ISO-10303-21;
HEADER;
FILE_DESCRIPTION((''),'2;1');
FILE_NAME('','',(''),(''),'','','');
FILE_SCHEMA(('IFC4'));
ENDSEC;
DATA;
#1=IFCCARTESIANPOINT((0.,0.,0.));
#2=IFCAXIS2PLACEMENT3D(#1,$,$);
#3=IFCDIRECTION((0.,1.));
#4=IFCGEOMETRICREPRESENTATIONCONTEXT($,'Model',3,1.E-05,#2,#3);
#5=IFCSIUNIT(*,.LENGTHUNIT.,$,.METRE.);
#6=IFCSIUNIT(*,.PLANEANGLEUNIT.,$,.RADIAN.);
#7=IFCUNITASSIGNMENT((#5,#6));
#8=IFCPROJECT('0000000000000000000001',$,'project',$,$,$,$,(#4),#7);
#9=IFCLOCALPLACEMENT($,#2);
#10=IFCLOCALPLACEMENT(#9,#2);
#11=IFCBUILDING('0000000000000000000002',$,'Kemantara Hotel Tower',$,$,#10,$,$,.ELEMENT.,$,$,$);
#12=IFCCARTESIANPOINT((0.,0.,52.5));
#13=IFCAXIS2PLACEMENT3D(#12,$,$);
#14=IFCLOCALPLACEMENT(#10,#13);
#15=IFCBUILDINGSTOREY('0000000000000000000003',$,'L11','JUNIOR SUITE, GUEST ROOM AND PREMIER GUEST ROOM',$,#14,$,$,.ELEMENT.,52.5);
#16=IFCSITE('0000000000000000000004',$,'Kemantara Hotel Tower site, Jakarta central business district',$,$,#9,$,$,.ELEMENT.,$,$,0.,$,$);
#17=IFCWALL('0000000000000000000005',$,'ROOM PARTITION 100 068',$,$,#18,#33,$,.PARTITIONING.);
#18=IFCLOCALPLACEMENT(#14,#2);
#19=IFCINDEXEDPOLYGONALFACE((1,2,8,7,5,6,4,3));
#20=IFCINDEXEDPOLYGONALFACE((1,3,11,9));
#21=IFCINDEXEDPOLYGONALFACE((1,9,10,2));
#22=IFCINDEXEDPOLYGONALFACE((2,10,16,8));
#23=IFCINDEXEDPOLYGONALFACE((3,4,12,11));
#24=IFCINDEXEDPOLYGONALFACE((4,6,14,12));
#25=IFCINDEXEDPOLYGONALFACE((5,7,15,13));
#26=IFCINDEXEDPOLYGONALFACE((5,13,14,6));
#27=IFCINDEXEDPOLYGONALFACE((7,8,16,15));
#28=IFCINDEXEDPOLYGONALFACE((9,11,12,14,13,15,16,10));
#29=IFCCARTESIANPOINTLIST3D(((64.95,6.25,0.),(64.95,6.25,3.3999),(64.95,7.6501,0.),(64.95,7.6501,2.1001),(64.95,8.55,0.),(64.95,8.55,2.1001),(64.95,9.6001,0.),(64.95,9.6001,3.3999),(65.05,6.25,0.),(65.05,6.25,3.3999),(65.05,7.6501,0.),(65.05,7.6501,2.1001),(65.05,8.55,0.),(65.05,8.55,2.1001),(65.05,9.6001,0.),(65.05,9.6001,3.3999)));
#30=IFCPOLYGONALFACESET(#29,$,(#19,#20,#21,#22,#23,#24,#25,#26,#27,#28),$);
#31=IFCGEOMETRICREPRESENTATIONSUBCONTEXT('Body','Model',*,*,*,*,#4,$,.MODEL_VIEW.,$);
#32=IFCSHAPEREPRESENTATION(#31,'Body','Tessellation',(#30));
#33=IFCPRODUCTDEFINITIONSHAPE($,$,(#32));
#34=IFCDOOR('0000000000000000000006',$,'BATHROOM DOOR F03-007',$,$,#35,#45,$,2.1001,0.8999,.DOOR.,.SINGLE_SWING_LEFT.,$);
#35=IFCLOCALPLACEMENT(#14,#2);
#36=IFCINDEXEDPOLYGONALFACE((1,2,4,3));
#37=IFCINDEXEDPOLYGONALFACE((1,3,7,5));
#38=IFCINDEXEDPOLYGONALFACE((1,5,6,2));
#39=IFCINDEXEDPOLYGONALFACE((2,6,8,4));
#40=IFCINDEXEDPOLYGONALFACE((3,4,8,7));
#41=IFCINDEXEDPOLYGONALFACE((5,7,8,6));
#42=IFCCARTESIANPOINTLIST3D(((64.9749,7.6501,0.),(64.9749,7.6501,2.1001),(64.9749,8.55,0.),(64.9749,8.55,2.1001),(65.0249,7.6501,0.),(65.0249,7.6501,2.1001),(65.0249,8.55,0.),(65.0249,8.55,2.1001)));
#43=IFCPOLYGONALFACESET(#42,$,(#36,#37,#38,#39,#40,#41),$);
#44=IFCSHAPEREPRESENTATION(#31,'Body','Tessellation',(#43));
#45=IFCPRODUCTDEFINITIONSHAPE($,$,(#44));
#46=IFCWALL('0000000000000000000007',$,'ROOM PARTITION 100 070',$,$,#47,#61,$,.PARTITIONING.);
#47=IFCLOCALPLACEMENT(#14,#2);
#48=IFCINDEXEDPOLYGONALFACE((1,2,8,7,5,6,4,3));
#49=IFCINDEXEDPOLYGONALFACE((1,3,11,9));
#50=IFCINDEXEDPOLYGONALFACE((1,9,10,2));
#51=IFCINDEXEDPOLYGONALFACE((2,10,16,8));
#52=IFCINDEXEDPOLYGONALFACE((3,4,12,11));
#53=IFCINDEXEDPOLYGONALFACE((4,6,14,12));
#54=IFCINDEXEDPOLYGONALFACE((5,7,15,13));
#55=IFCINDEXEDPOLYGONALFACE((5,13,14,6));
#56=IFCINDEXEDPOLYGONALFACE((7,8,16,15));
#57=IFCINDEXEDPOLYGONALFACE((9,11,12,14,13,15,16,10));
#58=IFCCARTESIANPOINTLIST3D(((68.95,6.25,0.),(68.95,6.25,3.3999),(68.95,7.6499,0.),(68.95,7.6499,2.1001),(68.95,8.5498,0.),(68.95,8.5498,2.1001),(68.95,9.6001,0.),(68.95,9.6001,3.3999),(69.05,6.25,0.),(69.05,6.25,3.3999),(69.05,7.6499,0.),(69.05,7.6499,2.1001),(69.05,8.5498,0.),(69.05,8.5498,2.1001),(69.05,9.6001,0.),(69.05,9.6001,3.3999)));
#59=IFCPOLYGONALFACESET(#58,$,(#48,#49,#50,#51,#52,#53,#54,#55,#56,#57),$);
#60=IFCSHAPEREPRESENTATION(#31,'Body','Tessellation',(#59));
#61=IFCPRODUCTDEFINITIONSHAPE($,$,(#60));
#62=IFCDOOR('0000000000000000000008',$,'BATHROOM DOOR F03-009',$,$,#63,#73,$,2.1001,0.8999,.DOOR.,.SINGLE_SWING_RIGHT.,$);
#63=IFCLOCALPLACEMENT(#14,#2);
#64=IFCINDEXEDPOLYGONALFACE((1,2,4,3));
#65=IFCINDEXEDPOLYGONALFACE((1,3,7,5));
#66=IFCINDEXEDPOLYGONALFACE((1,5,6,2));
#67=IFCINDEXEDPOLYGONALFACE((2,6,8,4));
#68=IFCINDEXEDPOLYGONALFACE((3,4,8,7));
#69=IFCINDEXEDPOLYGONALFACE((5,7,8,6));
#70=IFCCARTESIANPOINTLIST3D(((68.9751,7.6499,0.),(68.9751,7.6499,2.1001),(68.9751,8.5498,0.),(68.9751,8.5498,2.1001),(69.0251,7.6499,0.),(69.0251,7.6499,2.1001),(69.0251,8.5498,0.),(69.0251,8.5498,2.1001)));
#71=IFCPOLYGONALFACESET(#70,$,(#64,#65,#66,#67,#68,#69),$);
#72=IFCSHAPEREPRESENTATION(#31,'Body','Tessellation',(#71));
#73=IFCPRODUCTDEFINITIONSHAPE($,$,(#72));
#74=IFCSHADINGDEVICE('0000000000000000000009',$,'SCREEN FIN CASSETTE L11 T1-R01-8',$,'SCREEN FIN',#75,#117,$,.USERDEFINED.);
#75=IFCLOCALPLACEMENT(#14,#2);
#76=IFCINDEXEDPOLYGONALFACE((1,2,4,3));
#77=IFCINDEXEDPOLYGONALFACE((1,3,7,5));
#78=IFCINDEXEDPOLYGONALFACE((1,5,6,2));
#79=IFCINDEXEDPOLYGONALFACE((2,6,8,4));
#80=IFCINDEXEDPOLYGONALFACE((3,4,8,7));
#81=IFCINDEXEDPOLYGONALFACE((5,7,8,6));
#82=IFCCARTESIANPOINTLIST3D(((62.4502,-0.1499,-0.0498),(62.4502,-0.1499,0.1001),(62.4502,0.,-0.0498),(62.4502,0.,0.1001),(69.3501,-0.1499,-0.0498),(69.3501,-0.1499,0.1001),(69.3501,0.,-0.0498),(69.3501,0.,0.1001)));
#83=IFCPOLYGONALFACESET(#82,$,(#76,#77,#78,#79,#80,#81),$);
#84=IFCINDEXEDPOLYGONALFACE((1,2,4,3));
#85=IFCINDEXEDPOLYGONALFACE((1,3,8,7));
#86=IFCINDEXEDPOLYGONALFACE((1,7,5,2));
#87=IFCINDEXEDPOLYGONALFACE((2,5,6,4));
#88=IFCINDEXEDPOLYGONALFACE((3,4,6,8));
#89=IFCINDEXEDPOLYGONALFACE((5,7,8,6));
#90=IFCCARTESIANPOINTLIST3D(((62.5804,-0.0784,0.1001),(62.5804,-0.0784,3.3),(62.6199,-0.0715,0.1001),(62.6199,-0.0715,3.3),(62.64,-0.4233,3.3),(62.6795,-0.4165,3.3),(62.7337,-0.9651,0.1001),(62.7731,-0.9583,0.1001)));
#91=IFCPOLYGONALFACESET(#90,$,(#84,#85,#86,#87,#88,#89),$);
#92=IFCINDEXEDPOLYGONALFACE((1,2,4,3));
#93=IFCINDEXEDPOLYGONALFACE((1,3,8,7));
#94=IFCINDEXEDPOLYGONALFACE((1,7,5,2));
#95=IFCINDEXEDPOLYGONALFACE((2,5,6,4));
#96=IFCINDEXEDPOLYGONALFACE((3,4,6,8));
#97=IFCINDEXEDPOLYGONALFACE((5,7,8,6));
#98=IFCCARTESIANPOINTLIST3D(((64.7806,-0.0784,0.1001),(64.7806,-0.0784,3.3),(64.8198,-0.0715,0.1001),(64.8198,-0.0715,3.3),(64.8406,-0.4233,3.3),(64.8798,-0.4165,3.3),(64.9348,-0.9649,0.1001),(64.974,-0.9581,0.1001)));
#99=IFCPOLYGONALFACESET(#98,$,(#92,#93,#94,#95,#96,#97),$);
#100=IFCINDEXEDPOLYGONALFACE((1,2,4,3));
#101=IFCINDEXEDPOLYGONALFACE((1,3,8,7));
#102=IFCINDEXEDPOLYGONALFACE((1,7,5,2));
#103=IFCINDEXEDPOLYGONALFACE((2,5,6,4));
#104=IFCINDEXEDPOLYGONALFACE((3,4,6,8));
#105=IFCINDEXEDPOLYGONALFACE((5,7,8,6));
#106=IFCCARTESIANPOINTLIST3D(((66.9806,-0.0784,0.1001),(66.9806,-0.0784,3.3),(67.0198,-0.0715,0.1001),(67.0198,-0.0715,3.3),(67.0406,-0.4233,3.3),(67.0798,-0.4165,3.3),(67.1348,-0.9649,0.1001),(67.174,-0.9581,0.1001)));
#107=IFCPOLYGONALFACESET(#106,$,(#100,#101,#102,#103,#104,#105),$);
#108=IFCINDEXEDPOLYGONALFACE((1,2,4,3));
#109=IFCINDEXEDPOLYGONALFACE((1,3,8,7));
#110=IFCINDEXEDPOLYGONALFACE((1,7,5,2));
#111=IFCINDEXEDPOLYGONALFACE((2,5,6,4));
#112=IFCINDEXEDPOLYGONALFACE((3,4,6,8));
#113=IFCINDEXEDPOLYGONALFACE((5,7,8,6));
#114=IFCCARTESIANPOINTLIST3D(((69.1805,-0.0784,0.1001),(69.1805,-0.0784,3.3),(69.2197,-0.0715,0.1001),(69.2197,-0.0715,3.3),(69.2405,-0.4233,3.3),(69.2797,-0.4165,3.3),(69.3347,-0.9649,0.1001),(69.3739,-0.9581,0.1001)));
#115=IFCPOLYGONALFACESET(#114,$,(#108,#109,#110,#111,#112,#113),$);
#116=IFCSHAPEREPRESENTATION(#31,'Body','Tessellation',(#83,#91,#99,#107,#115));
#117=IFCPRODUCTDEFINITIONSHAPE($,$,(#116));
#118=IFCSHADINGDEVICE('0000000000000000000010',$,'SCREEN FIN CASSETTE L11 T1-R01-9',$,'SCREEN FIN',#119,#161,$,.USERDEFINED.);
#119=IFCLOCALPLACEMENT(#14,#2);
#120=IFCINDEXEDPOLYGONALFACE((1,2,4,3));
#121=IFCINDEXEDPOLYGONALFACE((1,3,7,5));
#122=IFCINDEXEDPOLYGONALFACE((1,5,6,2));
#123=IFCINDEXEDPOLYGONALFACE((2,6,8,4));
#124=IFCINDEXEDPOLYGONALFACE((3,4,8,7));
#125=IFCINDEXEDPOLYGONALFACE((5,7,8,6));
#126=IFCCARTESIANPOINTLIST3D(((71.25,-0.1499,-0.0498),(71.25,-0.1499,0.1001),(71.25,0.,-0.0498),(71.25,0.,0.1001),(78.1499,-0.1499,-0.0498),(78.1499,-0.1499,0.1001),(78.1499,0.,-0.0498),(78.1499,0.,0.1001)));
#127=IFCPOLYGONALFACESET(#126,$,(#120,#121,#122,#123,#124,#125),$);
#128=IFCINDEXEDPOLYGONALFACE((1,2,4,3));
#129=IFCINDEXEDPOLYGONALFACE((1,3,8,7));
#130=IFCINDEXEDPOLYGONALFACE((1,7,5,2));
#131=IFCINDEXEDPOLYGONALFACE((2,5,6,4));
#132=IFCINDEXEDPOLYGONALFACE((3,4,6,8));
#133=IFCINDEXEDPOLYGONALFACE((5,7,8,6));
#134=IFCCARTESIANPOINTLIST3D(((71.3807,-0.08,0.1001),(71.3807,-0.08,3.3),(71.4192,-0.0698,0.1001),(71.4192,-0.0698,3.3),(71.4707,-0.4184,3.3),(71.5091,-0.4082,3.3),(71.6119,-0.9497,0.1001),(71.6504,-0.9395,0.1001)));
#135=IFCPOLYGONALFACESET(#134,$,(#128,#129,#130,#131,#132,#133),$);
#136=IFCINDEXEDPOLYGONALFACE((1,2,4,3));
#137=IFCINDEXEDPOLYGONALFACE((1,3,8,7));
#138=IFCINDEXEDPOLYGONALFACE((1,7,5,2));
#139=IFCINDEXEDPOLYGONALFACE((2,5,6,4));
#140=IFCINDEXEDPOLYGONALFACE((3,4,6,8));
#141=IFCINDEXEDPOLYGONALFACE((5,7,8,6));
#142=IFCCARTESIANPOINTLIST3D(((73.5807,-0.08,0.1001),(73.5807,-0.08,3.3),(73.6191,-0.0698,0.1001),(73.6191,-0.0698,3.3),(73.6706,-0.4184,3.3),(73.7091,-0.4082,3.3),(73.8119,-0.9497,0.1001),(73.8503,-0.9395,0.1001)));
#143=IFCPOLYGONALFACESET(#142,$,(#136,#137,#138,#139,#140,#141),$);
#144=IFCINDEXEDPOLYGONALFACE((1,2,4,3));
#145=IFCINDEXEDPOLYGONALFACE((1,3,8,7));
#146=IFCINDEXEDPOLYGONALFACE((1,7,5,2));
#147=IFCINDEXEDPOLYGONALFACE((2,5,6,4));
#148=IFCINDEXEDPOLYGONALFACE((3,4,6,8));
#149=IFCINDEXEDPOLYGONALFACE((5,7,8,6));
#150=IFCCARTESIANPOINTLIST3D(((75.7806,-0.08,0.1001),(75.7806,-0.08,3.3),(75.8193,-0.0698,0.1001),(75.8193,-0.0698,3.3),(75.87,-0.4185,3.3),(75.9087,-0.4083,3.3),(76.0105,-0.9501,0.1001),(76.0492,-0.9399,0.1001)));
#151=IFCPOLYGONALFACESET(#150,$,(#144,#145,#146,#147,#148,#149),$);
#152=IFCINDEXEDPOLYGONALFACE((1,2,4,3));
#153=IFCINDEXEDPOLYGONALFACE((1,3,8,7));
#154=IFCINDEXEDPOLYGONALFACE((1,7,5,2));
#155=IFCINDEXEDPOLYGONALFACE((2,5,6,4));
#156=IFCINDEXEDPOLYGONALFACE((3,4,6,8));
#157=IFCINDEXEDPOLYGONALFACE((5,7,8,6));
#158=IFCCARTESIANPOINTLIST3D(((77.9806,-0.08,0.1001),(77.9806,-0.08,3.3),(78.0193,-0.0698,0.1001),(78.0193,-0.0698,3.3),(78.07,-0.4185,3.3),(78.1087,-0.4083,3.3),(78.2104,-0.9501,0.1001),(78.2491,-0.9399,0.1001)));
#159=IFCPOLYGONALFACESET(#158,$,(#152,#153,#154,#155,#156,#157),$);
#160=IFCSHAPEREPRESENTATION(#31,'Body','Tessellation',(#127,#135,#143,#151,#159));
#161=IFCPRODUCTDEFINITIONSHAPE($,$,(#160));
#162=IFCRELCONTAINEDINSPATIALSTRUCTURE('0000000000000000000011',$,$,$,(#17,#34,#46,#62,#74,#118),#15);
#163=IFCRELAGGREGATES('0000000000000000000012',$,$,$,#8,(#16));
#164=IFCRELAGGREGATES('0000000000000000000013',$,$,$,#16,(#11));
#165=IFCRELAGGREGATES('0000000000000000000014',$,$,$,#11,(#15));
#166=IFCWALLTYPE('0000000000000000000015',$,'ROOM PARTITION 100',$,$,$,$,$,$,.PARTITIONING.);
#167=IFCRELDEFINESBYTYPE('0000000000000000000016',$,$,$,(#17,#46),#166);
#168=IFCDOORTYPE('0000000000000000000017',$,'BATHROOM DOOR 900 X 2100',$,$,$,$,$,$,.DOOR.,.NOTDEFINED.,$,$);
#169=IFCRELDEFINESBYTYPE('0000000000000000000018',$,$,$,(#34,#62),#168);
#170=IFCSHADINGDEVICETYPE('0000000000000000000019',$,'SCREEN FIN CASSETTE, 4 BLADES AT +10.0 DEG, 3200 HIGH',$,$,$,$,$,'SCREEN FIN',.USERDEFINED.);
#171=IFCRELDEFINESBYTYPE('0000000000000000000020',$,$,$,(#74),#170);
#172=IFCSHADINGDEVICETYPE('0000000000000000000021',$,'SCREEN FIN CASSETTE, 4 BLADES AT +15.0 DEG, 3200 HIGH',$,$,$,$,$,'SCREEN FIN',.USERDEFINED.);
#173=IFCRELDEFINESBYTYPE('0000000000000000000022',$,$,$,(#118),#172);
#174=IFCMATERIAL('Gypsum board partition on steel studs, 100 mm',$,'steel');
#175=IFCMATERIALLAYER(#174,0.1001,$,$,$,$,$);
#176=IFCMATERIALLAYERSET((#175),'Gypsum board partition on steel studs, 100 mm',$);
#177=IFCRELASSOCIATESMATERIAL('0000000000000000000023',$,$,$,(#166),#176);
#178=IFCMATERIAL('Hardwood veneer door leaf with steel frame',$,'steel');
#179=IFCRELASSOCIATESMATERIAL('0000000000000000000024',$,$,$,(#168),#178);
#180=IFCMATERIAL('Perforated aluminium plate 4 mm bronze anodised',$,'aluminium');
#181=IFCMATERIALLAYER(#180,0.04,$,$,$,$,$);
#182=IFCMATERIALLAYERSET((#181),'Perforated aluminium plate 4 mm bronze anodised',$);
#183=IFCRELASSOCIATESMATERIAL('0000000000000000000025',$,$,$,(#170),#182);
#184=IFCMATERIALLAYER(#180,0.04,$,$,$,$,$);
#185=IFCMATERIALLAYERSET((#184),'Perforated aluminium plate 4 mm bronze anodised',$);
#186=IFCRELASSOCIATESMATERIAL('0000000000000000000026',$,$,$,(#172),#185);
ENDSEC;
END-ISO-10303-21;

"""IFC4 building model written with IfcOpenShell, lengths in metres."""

from ifc_helpers import new_model, si_unit, direction, frame, frame_2d, origin, origin_2d, place, context, subcontext, project, spatial, polyline, rectangle, outline, extrude, source, transform, mapped, material, layer, layer_set, type_object, element, fill, save


model = new_model("IFC4")

# Units and contexts
model_context = context("Model", 3, precision=1e-05, world=origin(), true_north=direction((0.0, 1.0)))
body_context = subcontext(model_context, "Body", "Model", "MODEL_VIEW")
ifc_project = project(units=[si_unit("LENGTHUNIT", "METRE"), si_unit("PLANEANGLEUNIT", "RADIAN")], contexts=[model_context])

# Site, building, storey
site_placement = place(None, origin())
site = spatial("IfcSite", under=ifc_project, at=site_placement, Name="Kemantara Hotel Tower site, Jakarta central business district", CompositionType="ELEMENT", RefElevation=0.0)
building_placement = place(site_placement, origin())
building = spatial("IfcBuilding", under=site, at=building_placement, Name="Kemantara Hotel Tower", CompositionType="ELEMENT")
storey_placement = place(building_placement, frame((0.0, 0.0, 52.5)))
storey = spatial("IfcBuildingStorey", under=building, at=storey_placement, Name="L11", Description="JUNIOR SUITE, GUEST ROOM AND PREMIER GUEST ROOM", CompositionType="ELEMENT", Elevation=52.5)

# Shared definitions
ifc_material_1 = material(Name="Hardwood veneer door leaf with steel frame", Category="steel")

# Shared definitions
ifc_material_2 = material(Name="Gypsum board partition on steel studs, 100 mm", Category="steel")
ifc_layer_1 = layer(ifc_material_2, 0.1001)
ifc_layer_set_1 = layer_set([ifc_layer_1], Name="Gypsum board partition on steel studs, 100 mm")
wall_type_1 = type_object("IfcWallType", Name="ROOM PARTITION 100", PredefinedType="PARTITIONING", material=ifc_layer_set_1)

# Walls, openings, doors
door_type_1 = type_object("IfcDoorType", Name="BATHROOM DOOR 900 X 2100", OperationType="NOTDEFINED", PredefinedType="DOOR", material=ifc_material_1)
wall_1_placement = place(storey_placement, frame((65.0, 9.6001, 0.0), z_axis=(0.0, 0.0, 1.0), x_axis=(0.0, -1.0, 0.0)))
wall_1 = element("IfcWall", 1, at=wall_1_placement, inside=storey, type_object=wall_type_1, Name="ROOM PARTITION 100 068", PredefinedType="PARTITIONING", context=body_context, shape_type="SweptSolid", body=[
    extrude(rectangle(XDim=3.3501, YDim=0.1001, at=frame_2d((1.675, 0.0))), origin(), (0.0, 0.0, 1.0), 3.3999),
])
opening_1_placement = place(wall_1_placement, frame((1.05, 0.0, 0.0)))
opening_1 = element("IfcOpeningElement", 2, at=opening_1_placement, cuts=wall_1, PredefinedType="OPENING", context=body_context, shape_type="SweptSolid", body=[
    extrude(rectangle(XDim=0.8999, YDim=2.1001, at=frame_2d((0.45, 1.05))), frame((0.0, 0.0601, 0.0), z_axis=(0.0, -1.0, 0.0), x_axis=(1.0, 0.0, 0.0)), (0.0, 0.0, 1.0), 0.1201),
])
door_1_placement = place(opening_1_placement, origin())
door_1 = element("IfcDoor", 3, at=door_1_placement, inside=storey, type_object=door_type_1, Name="BATHROOM DOOR F03-007", OperationType="SINGLE_SWING_LEFT", OverallHeight=2.1001, OverallWidth=0.8999, PredefinedType="DOOR", context=body_context, shape_type="SweptSolid", body=[
    extrude(rectangle(XDim=0.8999, YDim=2.1001, at=frame_2d((0.45, 1.05))), frame((0.0, 0.0249, 0.0), z_axis=(0.0, -1.0, 0.0), x_axis=(1.0, 0.0, 0.0)), (0.0, 0.0, 1.0), 0.05),
])
fill(opening_1, door_1)
wall_2_placement = place(storey_placement, frame((69.0, 6.25, 0.0), z_axis=(0.0, 0.0, 1.0), x_axis=(0.0, 1.0, 0.0)))
wall_2 = element("IfcWall", 4, at=wall_2_placement, inside=storey, type_object=wall_type_1, Name="ROOM PARTITION 100 070", PredefinedType="PARTITIONING", context=body_context, shape_type="SweptSolid", body=[
    extrude(rectangle(XDim=3.3501, YDim=0.1001, at=frame_2d((1.675, 0.0))), origin(), (0.0, 0.0, 1.0), 3.3999),
])
opening_2_placement = place(wall_2_placement, frame((1.3999, 0.0, 0.0)))
opening_2 = element("IfcOpeningElement", 5, at=opening_2_placement, cuts=wall_2, PredefinedType="OPENING", context=body_context, shape_type="SweptSolid", body=[
    extrude(rectangle(XDim=0.8999, YDim=2.1001, at=frame_2d((0.45, 1.05))), frame((0.0, 0.0601, 0.0), z_axis=(0.0, -1.0, 0.0), x_axis=(1.0, 0.0, 0.0)), (0.0, 0.0, 1.0), 0.1201),
])
door_2_placement = place(opening_2_placement, origin())
door_2 = element("IfcDoor", 6, at=door_2_placement, inside=storey, type_object=door_type_1, Name="BATHROOM DOOR F03-009", OperationType="SINGLE_SWING_RIGHT", OverallHeight=2.1001, OverallWidth=0.8999, PredefinedType="DOOR", context=body_context, shape_type="SweptSolid", body=[
    extrude(rectangle(XDim=0.8999, YDim=2.1001, at=frame_2d((0.45, 1.05))), frame((0.0, 0.0249, 0.0), z_axis=(0.0, -1.0, 0.0), x_axis=(1.0, 0.0, 0.0)), (0.0, 0.0, 1.0), 0.05),
])
fill(opening_2, door_2)

# Shading devices
ifc_material_3 = material(Name="Perforated aluminium plate 4 mm bronze anodised", Category="aluminium")
ifc_layer_2 = layer(ifc_material_3, 0.04)
ifc_layer_set_2 = layer_set([ifc_layer_2], Name="Perforated aluminium plate 4 mm bronze anodised")
shading_device_type_1 = type_object("IfcShadingDeviceType", Name="SCREEN FIN CASSETTE, 4 BLADES AT +10.0 DEG, 3200 HIGH", ElementType="SCREEN FIN", PredefinedType="USERDEFINED", material=ifc_layer_set_2)
shared_shape_1 = source(origin(), body_context, "Body", "SweptSolid", [
    extrude(rectangle(XDim=6.8999, YDim=0.1499, at=origin_2d()), frame((3.3, -0.075, -0.1499), z_axis=(0.0, 0.0, 1.0), x_axis=(1.0, 0.0, 0.0)), (0.0, 0.0, 1.0), 0.1499),
    extrude(outline(polyline([(0.0, 0.0), (0.8999, 0.0), (0.3501, 3.2), (0.0, 3.2), (0.0, 0.0)])), frame((0.0198, -0.0715, 0.0), z_axis=(-0.98539, -0.170314, 0.0), x_axis=(0.170314, -0.98539, 0.0)), (0.0, 0.0, 1.0), 0.04),
    extrude(outline(polyline([(0.0, 0.0), (0.8999, 0.0), (0.3501, 3.2), (0.0, 3.2), (0.0, 0.0)])), frame((2.2197, -0.0715, 0.0), z_axis=(-0.985212, -0.171341, 0.0), x_axis=(0.171341, -0.985212, 0.0)), (0.0, 0.0, 1.0), 0.0398),
    extrude(outline(polyline([(0.0, 0.0), (0.8999, 0.0), (0.3501, 3.2), (0.0, 3.2), (0.0, 0.0)])), frame((4.4197, -0.0715, 0.0), z_axis=(-0.985212, -0.171341, 0.0), x_axis=(0.171341, -0.985212, 0.0)), (0.0, 0.0, 1.0), 0.0398),
    extrude(outline(polyline([(0.0, 0.0), (0.8999, 0.0), (0.3501, 3.2), (0.0, 3.2), (0.0, 0.0)])), frame((6.6196, -0.0715, 0.0), z_axis=(-0.985212, -0.171341, 0.0), x_axis=(0.171341, -0.985212, 0.0)), (0.0, 0.0, 1.0), 0.0398),
])
shading_device_1_placement = place(storey_placement, frame((62.6001, 0.0, 0.1001), z_axis=(0.0, 0.0, 1.0), x_axis=(1.0, 0.0, 0.0)))
element("IfcShadingDevice", 7, at=shading_device_1_placement, inside=storey, type_object=shading_device_type_1, Name="SCREEN FIN CASSETTE L11 T1-R01-8", ObjectType="SCREEN FIN", PredefinedType="USERDEFINED", context=body_context, shape_type="MappedRepresentation", body=[
    mapped(shared_shape_1, transform((0.0, 0.0, 0.0))),
])
ifc_layer_3 = layer(ifc_material_3, 0.04)
ifc_layer_set_3 = layer_set([ifc_layer_3], Name="Perforated aluminium plate 4 mm bronze anodised")
shading_device_type_2 = type_object("IfcShadingDeviceType", Name="SCREEN FIN CASSETTE, 4 BLADES AT +15.0 DEG, 3200 HIGH", ElementType="SCREEN FIN", PredefinedType="USERDEFINED", material=ifc_layer_set_3)
shared_shape_2 = source(origin(), body_context, "Body", "SweptSolid", [
    extrude(rectangle(XDim=6.8999, YDim=0.1499, at=origin_2d()), frame((3.3, -0.075, -0.1499), z_axis=(0.0, 0.0, 1.0), x_axis=(1.0, 0.0, 0.0)), (0.0, 0.0, 1.0), 0.1499),
    extrude(outline(polyline([(0.0, 0.0), (0.8999, 0.0), (0.3501, 3.2), (0.0, 3.2), (0.0, 0.0)])), frame((0.0193, -0.0698, 0.0), z_axis=(-0.966438, -0.256901, 0.0), x_axis=(0.256901, -0.966438, 0.0)), (0.0, 0.0, 1.0), 0.0398),
    extrude(outline(polyline([(0.0, 0.0), (0.8999, 0.0), (0.3501, 3.2), (0.0, 3.2), (0.0, 0.0)])), frame((2.2192, -0.0698, 0.0), z_axis=(-0.966438, -0.256901, 0.0), x_axis=(0.256901, -0.966438, 0.0)), (0.0, 0.0, 1.0), 0.0398),
    extrude(outline(polyline([(0.0, 0.0), (0.8999, 0.0), (0.3501, 3.2), (0.0, 3.2), (0.0, 0.0)])), frame((4.4194, -0.0698, 0.0), z_axis=(-0.966838, -0.255391, 0.0), x_axis=(0.255391, -0.966838, 0.0)), (0.0, 0.0, 1.0), 0.04),
    extrude(outline(polyline([(0.0, 0.0), (0.8999, 0.0), (0.3501, 3.2), (0.0, 3.2), (0.0, 0.0)])), frame((6.6194, -0.0698, 0.0), z_axis=(-0.966838, -0.255391, 0.0), x_axis=(0.255391, -0.966838, 0.0)), (0.0, 0.0, 1.0), 0.04),
])
shading_device_2_placement = place(storey_placement, frame((71.3999, 0.0, 0.1001), z_axis=(0.0, 0.0, 1.0), x_axis=(1.0, 0.0, 0.0)))
element("IfcShadingDevice", 8, at=shading_device_2_placement, inside=storey, type_object=shading_device_type_2, Name="SCREEN FIN CASSETTE L11 T1-R01-9", ObjectType="SCREEN FIN", PredefinedType="USERDEFINED", context=body_context, shape_type="MappedRepresentation", body=[
    mapped(shared_shape_2, transform((0.0, 0.0, 0.0))),
])

save(model, "model.ifc")
